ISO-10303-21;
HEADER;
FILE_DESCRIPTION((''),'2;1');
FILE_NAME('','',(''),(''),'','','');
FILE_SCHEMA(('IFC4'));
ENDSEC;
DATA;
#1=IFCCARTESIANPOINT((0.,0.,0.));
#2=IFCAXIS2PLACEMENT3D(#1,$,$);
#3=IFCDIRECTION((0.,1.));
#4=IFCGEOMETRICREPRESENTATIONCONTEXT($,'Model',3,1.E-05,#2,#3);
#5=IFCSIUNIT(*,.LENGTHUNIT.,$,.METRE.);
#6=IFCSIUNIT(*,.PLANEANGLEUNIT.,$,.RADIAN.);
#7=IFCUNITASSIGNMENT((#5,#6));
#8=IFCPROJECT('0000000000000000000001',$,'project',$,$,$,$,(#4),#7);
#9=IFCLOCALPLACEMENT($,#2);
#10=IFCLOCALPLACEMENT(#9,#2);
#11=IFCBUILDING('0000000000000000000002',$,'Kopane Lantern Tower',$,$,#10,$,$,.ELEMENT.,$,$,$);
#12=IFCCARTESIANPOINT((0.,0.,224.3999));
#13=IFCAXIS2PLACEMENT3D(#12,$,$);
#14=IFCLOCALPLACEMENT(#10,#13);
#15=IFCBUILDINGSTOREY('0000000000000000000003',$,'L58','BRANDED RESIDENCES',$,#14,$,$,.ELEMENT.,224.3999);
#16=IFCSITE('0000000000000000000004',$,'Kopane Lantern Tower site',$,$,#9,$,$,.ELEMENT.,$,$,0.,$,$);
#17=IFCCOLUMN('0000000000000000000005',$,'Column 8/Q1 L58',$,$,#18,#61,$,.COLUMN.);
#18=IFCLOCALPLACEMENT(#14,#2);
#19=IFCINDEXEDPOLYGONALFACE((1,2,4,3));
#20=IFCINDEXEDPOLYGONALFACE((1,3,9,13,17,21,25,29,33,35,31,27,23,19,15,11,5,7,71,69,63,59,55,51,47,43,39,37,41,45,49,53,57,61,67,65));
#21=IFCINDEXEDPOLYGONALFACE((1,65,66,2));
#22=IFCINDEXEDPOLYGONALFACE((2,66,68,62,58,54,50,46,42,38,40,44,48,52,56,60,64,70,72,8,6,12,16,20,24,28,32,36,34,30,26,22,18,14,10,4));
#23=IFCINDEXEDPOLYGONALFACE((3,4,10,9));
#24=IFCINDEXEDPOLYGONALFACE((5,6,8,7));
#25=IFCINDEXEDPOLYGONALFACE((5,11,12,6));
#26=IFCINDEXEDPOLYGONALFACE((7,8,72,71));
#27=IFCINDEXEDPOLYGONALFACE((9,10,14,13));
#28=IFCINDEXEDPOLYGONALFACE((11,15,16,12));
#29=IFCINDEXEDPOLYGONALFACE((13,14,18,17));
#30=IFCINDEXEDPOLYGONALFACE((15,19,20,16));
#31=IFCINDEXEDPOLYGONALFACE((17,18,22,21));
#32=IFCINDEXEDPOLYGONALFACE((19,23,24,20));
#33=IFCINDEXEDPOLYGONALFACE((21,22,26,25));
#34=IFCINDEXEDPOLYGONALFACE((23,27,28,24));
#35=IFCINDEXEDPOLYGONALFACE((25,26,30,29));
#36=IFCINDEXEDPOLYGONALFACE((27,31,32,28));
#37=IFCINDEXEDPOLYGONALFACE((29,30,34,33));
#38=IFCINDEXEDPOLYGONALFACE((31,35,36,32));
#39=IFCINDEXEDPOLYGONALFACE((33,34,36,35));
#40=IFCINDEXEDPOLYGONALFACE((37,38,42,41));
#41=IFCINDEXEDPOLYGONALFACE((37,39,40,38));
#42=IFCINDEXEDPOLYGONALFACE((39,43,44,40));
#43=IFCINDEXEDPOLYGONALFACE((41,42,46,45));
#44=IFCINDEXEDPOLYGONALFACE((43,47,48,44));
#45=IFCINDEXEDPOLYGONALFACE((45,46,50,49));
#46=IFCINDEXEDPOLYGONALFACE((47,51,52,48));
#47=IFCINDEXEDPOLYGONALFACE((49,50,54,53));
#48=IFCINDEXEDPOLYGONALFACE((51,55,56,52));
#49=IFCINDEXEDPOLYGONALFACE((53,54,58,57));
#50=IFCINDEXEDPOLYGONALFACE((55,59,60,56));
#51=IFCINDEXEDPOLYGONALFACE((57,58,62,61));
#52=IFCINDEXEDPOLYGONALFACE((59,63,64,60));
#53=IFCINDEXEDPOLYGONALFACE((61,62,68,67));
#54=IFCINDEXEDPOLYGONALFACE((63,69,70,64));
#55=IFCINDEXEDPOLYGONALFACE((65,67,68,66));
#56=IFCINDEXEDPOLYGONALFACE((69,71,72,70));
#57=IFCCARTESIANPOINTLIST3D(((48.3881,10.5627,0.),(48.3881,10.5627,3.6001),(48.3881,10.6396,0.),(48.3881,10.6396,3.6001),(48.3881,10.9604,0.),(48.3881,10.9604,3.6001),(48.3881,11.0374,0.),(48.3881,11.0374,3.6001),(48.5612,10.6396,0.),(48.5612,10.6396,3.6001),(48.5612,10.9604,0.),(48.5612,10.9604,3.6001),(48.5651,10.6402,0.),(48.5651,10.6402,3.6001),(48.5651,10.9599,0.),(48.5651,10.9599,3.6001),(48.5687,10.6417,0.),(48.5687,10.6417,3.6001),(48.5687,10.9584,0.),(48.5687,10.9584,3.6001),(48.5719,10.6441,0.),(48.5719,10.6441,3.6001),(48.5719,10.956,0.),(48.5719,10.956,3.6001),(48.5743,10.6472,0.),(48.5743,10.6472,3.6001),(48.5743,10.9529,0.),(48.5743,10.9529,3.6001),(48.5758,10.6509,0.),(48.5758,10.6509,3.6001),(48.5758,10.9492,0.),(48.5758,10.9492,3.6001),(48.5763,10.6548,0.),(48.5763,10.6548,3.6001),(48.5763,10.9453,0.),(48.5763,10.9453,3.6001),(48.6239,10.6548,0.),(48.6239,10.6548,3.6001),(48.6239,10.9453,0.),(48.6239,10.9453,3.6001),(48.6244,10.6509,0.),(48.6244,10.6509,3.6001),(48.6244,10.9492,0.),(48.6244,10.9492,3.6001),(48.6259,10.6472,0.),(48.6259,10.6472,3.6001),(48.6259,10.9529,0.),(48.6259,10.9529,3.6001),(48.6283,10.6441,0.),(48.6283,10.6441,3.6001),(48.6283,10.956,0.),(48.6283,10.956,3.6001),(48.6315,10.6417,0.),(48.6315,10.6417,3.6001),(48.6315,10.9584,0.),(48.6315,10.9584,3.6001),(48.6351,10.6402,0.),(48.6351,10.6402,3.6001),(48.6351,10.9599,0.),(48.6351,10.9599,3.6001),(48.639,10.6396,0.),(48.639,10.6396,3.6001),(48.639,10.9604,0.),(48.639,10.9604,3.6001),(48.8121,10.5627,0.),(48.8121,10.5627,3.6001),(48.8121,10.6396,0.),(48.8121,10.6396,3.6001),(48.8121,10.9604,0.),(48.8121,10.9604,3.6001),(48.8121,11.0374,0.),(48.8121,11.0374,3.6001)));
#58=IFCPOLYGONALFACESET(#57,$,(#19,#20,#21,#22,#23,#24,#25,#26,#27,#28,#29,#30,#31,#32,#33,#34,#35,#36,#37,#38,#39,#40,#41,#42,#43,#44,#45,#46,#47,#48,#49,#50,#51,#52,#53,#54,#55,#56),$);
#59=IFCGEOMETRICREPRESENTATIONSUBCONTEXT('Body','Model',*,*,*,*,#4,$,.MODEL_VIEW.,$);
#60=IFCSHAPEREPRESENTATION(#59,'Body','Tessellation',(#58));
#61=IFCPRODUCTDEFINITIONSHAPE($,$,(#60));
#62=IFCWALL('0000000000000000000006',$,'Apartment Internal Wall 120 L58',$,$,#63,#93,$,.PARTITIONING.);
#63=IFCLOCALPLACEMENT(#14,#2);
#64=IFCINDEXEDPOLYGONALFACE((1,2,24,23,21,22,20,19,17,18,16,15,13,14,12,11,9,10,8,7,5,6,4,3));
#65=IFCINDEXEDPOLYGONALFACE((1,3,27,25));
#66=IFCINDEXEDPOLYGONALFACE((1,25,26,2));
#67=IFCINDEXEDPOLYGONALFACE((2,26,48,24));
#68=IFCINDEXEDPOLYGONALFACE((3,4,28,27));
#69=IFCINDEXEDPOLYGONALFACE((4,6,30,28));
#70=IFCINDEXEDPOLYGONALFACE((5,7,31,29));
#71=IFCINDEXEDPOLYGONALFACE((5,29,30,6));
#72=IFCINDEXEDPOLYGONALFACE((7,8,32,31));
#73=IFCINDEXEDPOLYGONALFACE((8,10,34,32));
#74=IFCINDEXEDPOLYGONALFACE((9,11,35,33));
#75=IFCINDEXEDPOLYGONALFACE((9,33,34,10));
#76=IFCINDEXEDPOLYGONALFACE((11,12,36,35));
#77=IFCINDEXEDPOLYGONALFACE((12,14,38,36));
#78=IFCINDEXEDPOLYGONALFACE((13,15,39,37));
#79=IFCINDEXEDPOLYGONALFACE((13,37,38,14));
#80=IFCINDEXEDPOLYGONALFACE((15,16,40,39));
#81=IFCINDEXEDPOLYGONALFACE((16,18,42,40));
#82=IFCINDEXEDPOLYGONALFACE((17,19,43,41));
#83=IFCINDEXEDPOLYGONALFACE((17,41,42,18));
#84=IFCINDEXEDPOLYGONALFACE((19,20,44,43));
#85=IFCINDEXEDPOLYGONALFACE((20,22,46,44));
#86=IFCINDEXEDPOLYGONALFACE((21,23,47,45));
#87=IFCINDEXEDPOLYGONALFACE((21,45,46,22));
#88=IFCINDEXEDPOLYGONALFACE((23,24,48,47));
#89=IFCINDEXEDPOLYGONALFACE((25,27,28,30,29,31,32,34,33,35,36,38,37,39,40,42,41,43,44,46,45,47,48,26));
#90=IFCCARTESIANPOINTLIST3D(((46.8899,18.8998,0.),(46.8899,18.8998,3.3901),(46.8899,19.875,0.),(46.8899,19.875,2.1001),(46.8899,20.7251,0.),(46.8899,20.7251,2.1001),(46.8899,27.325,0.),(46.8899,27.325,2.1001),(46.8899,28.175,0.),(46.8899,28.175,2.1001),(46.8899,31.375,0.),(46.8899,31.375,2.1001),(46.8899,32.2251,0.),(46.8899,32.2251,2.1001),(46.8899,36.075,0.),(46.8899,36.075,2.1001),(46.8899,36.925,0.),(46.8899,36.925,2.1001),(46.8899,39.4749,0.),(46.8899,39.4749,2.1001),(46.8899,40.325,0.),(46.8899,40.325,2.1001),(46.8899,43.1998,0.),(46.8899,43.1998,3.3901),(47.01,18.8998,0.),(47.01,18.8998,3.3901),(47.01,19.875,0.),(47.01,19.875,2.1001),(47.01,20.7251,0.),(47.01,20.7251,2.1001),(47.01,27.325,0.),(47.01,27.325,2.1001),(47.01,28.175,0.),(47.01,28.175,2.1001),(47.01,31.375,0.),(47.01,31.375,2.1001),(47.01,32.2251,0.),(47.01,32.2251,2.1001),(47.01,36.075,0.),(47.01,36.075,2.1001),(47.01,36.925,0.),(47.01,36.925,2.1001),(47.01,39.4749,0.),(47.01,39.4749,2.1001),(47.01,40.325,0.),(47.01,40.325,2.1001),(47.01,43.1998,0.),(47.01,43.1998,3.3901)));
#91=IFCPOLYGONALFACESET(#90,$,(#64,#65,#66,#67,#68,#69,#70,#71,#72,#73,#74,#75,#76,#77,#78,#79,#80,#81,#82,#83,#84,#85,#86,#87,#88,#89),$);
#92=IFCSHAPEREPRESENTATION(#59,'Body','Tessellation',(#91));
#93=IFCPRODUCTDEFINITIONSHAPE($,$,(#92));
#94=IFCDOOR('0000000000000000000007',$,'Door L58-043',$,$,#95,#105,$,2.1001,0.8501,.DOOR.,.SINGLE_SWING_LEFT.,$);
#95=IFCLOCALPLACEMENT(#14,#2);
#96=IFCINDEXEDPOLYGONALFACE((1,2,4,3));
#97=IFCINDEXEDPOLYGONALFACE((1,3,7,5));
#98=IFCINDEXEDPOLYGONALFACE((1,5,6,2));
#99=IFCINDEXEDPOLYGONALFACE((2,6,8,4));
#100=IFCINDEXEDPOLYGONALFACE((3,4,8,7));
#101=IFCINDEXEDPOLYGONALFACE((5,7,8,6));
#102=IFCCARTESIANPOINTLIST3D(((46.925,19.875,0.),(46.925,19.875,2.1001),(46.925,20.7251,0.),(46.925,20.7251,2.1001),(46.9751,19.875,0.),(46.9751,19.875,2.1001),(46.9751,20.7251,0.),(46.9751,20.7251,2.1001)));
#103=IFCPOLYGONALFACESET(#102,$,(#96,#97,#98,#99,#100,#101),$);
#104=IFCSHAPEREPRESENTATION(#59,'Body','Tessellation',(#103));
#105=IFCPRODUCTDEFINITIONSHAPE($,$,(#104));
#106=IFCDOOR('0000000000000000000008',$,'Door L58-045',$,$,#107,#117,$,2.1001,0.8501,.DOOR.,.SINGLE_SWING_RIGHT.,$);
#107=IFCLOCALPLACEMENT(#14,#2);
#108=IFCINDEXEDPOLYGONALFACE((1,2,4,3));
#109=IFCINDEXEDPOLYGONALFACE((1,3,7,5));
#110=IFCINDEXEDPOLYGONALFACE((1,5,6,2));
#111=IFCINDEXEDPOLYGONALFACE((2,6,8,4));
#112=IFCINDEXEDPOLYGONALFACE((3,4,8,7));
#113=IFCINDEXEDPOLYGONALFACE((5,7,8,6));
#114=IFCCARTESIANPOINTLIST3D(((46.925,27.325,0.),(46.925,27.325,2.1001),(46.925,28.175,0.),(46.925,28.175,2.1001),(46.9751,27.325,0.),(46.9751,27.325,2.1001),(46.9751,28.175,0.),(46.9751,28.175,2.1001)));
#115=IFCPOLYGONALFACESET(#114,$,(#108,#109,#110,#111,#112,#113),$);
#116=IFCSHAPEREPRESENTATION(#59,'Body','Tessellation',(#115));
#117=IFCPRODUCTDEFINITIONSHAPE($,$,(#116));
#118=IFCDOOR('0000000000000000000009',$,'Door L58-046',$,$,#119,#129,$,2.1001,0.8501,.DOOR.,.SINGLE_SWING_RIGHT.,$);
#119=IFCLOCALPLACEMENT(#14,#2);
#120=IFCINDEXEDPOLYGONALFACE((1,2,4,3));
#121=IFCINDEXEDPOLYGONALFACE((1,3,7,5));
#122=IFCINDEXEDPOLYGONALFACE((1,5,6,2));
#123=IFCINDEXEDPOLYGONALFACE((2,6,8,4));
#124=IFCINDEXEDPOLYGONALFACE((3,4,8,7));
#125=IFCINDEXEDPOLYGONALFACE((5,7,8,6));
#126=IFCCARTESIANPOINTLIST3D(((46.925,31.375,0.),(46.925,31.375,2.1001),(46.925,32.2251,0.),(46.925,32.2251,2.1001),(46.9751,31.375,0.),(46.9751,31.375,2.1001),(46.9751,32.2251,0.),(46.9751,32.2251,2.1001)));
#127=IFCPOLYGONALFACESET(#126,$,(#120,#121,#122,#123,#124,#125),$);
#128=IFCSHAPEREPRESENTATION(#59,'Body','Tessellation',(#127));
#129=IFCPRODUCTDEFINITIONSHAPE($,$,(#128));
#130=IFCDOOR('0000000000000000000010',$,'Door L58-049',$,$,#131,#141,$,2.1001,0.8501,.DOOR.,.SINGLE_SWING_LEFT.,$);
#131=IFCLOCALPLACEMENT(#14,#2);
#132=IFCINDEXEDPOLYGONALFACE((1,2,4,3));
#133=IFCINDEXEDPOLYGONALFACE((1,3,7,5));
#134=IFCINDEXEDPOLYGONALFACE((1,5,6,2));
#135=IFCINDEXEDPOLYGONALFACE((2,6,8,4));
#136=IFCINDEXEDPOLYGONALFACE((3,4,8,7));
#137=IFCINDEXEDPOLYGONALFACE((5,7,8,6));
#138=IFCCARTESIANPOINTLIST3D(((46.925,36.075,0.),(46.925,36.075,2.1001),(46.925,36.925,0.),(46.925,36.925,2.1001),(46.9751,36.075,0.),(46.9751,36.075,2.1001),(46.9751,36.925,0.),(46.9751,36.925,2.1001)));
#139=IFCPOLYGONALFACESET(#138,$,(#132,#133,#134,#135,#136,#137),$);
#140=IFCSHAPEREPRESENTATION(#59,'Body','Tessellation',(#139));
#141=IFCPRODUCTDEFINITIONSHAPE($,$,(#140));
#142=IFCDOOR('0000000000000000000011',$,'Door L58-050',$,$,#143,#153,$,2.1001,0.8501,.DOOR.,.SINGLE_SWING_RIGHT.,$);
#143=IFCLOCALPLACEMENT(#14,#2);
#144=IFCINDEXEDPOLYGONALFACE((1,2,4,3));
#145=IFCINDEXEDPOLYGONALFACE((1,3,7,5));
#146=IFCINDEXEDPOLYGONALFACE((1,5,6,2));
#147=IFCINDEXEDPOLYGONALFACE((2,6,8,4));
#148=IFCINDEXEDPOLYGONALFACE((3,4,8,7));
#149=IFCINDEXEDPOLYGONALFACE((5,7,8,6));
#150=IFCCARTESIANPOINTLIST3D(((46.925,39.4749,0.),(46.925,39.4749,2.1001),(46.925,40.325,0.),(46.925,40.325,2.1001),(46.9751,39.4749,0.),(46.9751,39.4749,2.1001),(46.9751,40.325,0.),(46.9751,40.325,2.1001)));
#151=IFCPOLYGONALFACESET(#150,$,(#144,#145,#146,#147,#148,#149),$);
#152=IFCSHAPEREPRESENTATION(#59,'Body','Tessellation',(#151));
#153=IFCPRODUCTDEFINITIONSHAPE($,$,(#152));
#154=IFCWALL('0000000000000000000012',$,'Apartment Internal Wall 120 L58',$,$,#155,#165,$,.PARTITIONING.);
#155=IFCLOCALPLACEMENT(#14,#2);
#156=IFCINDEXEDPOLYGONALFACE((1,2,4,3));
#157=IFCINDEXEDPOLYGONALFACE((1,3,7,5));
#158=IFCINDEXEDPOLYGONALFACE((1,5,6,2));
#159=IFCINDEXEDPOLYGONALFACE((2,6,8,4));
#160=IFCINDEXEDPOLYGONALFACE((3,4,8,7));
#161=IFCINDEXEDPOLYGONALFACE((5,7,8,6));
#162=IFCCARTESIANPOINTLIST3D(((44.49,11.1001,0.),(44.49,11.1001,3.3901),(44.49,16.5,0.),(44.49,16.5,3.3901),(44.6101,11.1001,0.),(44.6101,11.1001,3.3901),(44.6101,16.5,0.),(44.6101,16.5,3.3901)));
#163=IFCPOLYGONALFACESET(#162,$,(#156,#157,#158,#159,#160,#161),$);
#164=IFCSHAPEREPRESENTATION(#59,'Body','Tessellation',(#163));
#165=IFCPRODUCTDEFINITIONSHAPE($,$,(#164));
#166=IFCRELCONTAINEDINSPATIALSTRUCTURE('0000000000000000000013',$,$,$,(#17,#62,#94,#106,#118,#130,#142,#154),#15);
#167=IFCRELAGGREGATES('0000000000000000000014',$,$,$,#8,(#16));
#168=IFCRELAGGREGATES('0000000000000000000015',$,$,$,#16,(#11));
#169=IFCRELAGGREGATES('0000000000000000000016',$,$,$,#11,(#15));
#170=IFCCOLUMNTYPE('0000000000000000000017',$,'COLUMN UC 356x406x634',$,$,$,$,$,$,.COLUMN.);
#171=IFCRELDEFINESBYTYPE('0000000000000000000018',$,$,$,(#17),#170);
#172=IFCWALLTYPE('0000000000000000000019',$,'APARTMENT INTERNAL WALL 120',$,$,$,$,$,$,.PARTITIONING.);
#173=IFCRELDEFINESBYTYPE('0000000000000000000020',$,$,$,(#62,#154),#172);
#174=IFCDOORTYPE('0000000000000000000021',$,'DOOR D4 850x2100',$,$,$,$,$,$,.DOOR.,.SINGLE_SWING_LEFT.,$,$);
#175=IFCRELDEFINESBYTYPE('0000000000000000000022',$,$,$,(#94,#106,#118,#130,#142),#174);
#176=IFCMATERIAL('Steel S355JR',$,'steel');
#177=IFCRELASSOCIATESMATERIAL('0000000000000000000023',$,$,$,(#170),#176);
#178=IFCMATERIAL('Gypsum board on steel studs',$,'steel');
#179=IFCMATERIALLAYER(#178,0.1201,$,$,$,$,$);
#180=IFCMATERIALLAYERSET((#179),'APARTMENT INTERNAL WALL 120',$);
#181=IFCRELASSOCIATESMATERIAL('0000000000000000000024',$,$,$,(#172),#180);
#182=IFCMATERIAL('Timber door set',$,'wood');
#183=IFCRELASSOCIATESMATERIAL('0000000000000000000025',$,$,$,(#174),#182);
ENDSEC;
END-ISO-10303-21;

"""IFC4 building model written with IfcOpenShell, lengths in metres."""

from ifc_helpers import new_model, si_unit, direction, frame, frame_2d, origin, origin_2d, place, context, subcontext, project, spatial, rectangle, i_section, extrude, material, layer, layer_set, material_profile, profile_set, type_object, element, fill, save


model = new_model("IFC4")

# Units and contexts
model_context = context("Model", 3, precision=1e-05, world=origin(), true_north=direction((0.0, 1.0)))
body_context = subcontext(model_context, "Body", "Model", "MODEL_VIEW")
ifc_project = project(units=[si_unit("LENGTHUNIT", "METRE"), si_unit("PLANEANGLEUNIT", "RADIAN")], contexts=[model_context])

# Site, building, storey
site_placement = place(None, origin())
site = spatial("IfcSite", under=ifc_project, at=site_placement, Name="Kopane Lantern Tower site", CompositionType="ELEMENT", RefElevation=0.0)
building_placement = place(site_placement, origin())
building = spatial("IfcBuilding", under=site, at=building_placement, Name="Kopane Lantern Tower", CompositionType="ELEMENT")
storey_placement = place(building_placement, frame((0.0, 0.0, 224.3999)))
storey = spatial("IfcBuildingStorey", under=building, at=storey_placement, Name="L58", Description="BRANDED RESIDENCES", CompositionType="ELEMENT", Elevation=224.3999)

# Column
ifc_material_1 = material(Name="Steel S355JR", Category="steel")
ifc_material_profile = material_profile(ifc_material_1, i_section(OverallWidth=0.4241, OverallDepth=0.4746, WebThickness=0.0476, FlangeThickness=0.0769, FilletRadius=0.0151, at=origin_2d()), Name="UC 356x406x634")
ifc_profile_set = profile_set([ifc_material_profile], Name="Steel S355JR")
column_type = type_object("IfcColumnType", Name="COLUMN UC 356x406x634", PredefinedType="COLUMN", material=ifc_profile_set)
column_placement = place(storey_placement, frame((48.6001, 10.8, 0.0), z_axis=(0.0, 0.0, 1.0), x_axis=(1.0, 0.0, 0.0)))
element("IfcColumn", 1, at=column_placement, inside=storey, type_object=column_type, Name="Column 8/Q1 L58", PredefinedType="COLUMN", context=body_context, shape_type="SweptSolid", body=[
    extrude(i_section(OverallWidth=0.4241, OverallDepth=0.4746, WebThickness=0.0476, FlangeThickness=0.0769, FilletRadius=0.0151, at=origin_2d()), origin(), (0.0, 0.0, 1.0), 3.6001),
])

# Wall, openings, doors
ifc_material_2 = material(Name="Gypsum board on steel studs", Category="steel")
ifc_layer_1 = layer(ifc_material_2, 0.1201)
ifc_layer_set_1 = layer_set([ifc_layer_1], Name="APARTMENT INTERNAL WALL 120")
wall_type_1 = type_object("IfcWallType", Name="APARTMENT INTERNAL WALL 120", PredefinedType="PARTITIONING", material=ifc_layer_set_1)
wall_1_placement = place(storey_placement, frame((46.95, 18.8999, 0.0), z_axis=(0.0, 0.0, 1.0), x_axis=(0.0, 1.0, 0.0)))
wall_1 = element("IfcWall", 2, at=wall_1_placement, inside=storey, type_object=wall_type_1, Name="Apartment Internal Wall 120 L58", PredefinedType="PARTITIONING", context=body_context, shape_type="SweptSolid", body=[
    extrude(rectangle(XDim=24.3, YDim=0.1201, at=frame_2d((12.1499, 0.0))), origin(), (0.0, 0.0, 1.0), 3.3901),
])
opening_1_placement = place(wall_1_placement, frame((0.9751, 0.0, 0.0)))
opening_1 = element("IfcOpeningElement", 3, at=opening_1_placement, cuts=wall_1, PredefinedType="OPENING", context=body_context, shape_type="SweptSolid", body=[
    extrude(rectangle(XDim=0.8501, YDim=2.1001, at=frame_2d((0.425, 1.05))), frame((0.0, 0.0701, 0.0), z_axis=(0.0, -1.0, 0.0), x_axis=(1.0, 0.0, 0.0)), (0.0, 0.0, 1.0), 0.1401),
])
opening_2_placement = place(wall_1_placement, frame((8.425, 0.0, 0.0)))
opening_2 = element("IfcOpeningElement", 4, at=opening_2_placement, cuts=wall_1, PredefinedType="OPENING", context=body_context, shape_type="SweptSolid", body=[
    extrude(rectangle(XDim=0.8501, YDim=2.1001, at=frame_2d((0.425, 1.05))), frame((0.0, 0.0701, 0.0), z_axis=(0.0, -1.0, 0.0), x_axis=(1.0, 0.0, 0.0)), (0.0, 0.0, 1.0), 0.1401),
])
opening_3_placement = place(wall_1_placement, frame((12.4751, 0.0, 0.0)))
opening_3 = element("IfcOpeningElement", 5, at=opening_3_placement, cuts=wall_1, PredefinedType="OPENING", context=body_context, shape_type="SweptSolid", body=[
    extrude(rectangle(XDim=0.8501, YDim=2.1001, at=frame_2d((0.425, 1.05))), frame((0.0, 0.0701, 0.0), z_axis=(0.0, -1.0, 0.0), x_axis=(1.0, 0.0, 0.0)), (0.0, 0.0, 1.0), 0.1401),
])
opening_4_placement = place(wall_1_placement, frame((17.175, 0.0, 0.0)))
opening_4 = element("IfcOpeningElement", 6, at=opening_4_placement, cuts=wall_1, PredefinedType="OPENING", context=body_context, shape_type="SweptSolid", body=[
    extrude(rectangle(XDim=0.8501, YDim=2.1001, at=frame_2d((0.425, 1.05))), frame((0.0, 0.0701, 0.0), z_axis=(0.0, -1.0, 0.0), x_axis=(1.0, 0.0, 0.0)), (0.0, 0.0, 1.0), 0.1401),
])
opening_5_placement = place(wall_1_placement, frame((20.575, 0.0, 0.0)))
opening_5 = element("IfcOpeningElement", 7, at=opening_5_placement, cuts=wall_1, PredefinedType="OPENING", context=body_context, shape_type="SweptSolid", body=[
    extrude(rectangle(XDim=0.8501, YDim=2.1001, at=frame_2d((0.425, 1.05))), frame((0.0, 0.0701, 0.0), z_axis=(0.0, -1.0, 0.0), x_axis=(1.0, 0.0, 0.0)), (0.0, 0.0, 1.0), 0.1401),
])
ifc_material_3 = material(Name="Timber door set", Category="wood")
door_type_1 = type_object("IfcDoorType", Name="DOOR D4 850x2100", OperationType="SINGLE_SWING_LEFT", PredefinedType="DOOR", material=ifc_material_3)
door_1_placement = place(opening_1_placement, origin())
door_1 = element("IfcDoor", 8, at=door_1_placement, inside=storey, type_object=door_type_1, Name="Door L58-043", OperationType="SINGLE_SWING_LEFT", OverallHeight=2.1001, OverallWidth=0.8501, PredefinedType="DOOR", context=body_context, shape_type="SweptSolid", body=[
    extrude(rectangle(XDim=0.8501, YDim=2.1001, at=frame_2d((0.425, 1.05))), frame((0.0, 0.0249, 0.0), z_axis=(0.0, -1.0, 0.0), x_axis=(1.0, 0.0, 0.0)), (0.0, 0.0, 1.0), 0.05),
])
fill(opening_1, door_1)
door_2_placement = place(opening_2_placement, origin())
door_2 = element("IfcDoor", 9, at=door_2_placement, inside=storey, type_object=door_type_1, Name="Door L58-045", OperationType="SINGLE_SWING_RIGHT", OverallHeight=2.1001, OverallWidth=0.8501, PredefinedType="DOOR", context=body_context, shape_type="SweptSolid", body=[
    extrude(rectangle(XDim=0.8501, YDim=2.1001, at=frame_2d((0.425, 1.05))), frame((0.0, 0.0249, 0.0), z_axis=(0.0, -1.0, 0.0), x_axis=(1.0, 0.0, 0.0)), (0.0, 0.0, 1.0), 0.05),
])
fill(opening_2, door_2)
door_3_placement = place(opening_3_placement, origin())
door_3 = element("IfcDoor", 10, at=door_3_placement, inside=storey, type_object=door_type_1, Name="Door L58-046", OperationType="SINGLE_SWING_RIGHT", OverallHeight=2.1001, OverallWidth=0.8501, PredefinedType="DOOR", context=body_context, shape_type="SweptSolid", body=[
    extrude(rectangle(XDim=0.8501, YDim=2.1001, at=frame_2d((0.425, 1.05))), frame((0.0, 0.0249, 0.0), z_axis=(0.0, -1.0, 0.0), x_axis=(1.0, 0.0, 0.0)), (0.0, 0.0, 1.0), 0.05),
])
fill(opening_3, door_3)
door_4_placement = place(opening_4_placement, origin())
door_4 = element("IfcDoor", 11, at=door_4_placement, inside=storey, type_object=door_type_1, Name="Door L58-049", OperationType="SINGLE_SWING_LEFT", OverallHeight=2.1001, OverallWidth=0.8501, PredefinedType="DOOR", context=body_context, shape_type="SweptSolid", body=[
    extrude(rectangle(XDim=0.8501, YDim=2.1001, at=frame_2d((0.425, 1.05))), frame((0.0, 0.0249, 0.0), z_axis=(0.0, -1.0, 0.0), x_axis=(1.0, 0.0, 0.0)), (0.0, 0.0, 1.0), 0.05),
])
fill(opening_4, door_4)
door_5_placement = place(opening_5_placement, origin())
door_5 = element("IfcDoor", 12, at=door_5_placement, inside=storey, type_object=door_type_1, Name="Door L58-050", OperationType="SINGLE_SWING_RIGHT", OverallHeight=2.1001, OverallWidth=0.8501, PredefinedType="DOOR", context=body_context, shape_type="SweptSolid", body=[
    extrude(rectangle(XDim=0.8501, YDim=2.1001, at=frame_2d((0.425, 1.05))), frame((0.0, 0.0249, 0.0), z_axis=(0.0, -1.0, 0.0), x_axis=(1.0, 0.0, 0.0)), (0.0, 0.0, 1.0), 0.05),
])
fill(opening_5, door_5)

# Wall
wall_2_placement = place(storey_placement, frame((44.55, 16.5, 0.0), z_axis=(0.0, 0.0, 1.0), x_axis=(0.0, -1.0, 0.0)))
element("IfcWall", 13, at=wall_2_placement, inside=storey, type_object=wall_type_1, Name="Apartment Internal Wall 120 L58", PredefinedType="PARTITIONING", context=body_context, shape_type="SweptSolid", body=[
    extrude(rectangle(XDim=5.3999, YDim=0.1201, at=frame_2d((2.7, 0.0))), origin(), (0.0, 0.0, 1.0), 3.3901),
])

save(model, "model.ifc")
